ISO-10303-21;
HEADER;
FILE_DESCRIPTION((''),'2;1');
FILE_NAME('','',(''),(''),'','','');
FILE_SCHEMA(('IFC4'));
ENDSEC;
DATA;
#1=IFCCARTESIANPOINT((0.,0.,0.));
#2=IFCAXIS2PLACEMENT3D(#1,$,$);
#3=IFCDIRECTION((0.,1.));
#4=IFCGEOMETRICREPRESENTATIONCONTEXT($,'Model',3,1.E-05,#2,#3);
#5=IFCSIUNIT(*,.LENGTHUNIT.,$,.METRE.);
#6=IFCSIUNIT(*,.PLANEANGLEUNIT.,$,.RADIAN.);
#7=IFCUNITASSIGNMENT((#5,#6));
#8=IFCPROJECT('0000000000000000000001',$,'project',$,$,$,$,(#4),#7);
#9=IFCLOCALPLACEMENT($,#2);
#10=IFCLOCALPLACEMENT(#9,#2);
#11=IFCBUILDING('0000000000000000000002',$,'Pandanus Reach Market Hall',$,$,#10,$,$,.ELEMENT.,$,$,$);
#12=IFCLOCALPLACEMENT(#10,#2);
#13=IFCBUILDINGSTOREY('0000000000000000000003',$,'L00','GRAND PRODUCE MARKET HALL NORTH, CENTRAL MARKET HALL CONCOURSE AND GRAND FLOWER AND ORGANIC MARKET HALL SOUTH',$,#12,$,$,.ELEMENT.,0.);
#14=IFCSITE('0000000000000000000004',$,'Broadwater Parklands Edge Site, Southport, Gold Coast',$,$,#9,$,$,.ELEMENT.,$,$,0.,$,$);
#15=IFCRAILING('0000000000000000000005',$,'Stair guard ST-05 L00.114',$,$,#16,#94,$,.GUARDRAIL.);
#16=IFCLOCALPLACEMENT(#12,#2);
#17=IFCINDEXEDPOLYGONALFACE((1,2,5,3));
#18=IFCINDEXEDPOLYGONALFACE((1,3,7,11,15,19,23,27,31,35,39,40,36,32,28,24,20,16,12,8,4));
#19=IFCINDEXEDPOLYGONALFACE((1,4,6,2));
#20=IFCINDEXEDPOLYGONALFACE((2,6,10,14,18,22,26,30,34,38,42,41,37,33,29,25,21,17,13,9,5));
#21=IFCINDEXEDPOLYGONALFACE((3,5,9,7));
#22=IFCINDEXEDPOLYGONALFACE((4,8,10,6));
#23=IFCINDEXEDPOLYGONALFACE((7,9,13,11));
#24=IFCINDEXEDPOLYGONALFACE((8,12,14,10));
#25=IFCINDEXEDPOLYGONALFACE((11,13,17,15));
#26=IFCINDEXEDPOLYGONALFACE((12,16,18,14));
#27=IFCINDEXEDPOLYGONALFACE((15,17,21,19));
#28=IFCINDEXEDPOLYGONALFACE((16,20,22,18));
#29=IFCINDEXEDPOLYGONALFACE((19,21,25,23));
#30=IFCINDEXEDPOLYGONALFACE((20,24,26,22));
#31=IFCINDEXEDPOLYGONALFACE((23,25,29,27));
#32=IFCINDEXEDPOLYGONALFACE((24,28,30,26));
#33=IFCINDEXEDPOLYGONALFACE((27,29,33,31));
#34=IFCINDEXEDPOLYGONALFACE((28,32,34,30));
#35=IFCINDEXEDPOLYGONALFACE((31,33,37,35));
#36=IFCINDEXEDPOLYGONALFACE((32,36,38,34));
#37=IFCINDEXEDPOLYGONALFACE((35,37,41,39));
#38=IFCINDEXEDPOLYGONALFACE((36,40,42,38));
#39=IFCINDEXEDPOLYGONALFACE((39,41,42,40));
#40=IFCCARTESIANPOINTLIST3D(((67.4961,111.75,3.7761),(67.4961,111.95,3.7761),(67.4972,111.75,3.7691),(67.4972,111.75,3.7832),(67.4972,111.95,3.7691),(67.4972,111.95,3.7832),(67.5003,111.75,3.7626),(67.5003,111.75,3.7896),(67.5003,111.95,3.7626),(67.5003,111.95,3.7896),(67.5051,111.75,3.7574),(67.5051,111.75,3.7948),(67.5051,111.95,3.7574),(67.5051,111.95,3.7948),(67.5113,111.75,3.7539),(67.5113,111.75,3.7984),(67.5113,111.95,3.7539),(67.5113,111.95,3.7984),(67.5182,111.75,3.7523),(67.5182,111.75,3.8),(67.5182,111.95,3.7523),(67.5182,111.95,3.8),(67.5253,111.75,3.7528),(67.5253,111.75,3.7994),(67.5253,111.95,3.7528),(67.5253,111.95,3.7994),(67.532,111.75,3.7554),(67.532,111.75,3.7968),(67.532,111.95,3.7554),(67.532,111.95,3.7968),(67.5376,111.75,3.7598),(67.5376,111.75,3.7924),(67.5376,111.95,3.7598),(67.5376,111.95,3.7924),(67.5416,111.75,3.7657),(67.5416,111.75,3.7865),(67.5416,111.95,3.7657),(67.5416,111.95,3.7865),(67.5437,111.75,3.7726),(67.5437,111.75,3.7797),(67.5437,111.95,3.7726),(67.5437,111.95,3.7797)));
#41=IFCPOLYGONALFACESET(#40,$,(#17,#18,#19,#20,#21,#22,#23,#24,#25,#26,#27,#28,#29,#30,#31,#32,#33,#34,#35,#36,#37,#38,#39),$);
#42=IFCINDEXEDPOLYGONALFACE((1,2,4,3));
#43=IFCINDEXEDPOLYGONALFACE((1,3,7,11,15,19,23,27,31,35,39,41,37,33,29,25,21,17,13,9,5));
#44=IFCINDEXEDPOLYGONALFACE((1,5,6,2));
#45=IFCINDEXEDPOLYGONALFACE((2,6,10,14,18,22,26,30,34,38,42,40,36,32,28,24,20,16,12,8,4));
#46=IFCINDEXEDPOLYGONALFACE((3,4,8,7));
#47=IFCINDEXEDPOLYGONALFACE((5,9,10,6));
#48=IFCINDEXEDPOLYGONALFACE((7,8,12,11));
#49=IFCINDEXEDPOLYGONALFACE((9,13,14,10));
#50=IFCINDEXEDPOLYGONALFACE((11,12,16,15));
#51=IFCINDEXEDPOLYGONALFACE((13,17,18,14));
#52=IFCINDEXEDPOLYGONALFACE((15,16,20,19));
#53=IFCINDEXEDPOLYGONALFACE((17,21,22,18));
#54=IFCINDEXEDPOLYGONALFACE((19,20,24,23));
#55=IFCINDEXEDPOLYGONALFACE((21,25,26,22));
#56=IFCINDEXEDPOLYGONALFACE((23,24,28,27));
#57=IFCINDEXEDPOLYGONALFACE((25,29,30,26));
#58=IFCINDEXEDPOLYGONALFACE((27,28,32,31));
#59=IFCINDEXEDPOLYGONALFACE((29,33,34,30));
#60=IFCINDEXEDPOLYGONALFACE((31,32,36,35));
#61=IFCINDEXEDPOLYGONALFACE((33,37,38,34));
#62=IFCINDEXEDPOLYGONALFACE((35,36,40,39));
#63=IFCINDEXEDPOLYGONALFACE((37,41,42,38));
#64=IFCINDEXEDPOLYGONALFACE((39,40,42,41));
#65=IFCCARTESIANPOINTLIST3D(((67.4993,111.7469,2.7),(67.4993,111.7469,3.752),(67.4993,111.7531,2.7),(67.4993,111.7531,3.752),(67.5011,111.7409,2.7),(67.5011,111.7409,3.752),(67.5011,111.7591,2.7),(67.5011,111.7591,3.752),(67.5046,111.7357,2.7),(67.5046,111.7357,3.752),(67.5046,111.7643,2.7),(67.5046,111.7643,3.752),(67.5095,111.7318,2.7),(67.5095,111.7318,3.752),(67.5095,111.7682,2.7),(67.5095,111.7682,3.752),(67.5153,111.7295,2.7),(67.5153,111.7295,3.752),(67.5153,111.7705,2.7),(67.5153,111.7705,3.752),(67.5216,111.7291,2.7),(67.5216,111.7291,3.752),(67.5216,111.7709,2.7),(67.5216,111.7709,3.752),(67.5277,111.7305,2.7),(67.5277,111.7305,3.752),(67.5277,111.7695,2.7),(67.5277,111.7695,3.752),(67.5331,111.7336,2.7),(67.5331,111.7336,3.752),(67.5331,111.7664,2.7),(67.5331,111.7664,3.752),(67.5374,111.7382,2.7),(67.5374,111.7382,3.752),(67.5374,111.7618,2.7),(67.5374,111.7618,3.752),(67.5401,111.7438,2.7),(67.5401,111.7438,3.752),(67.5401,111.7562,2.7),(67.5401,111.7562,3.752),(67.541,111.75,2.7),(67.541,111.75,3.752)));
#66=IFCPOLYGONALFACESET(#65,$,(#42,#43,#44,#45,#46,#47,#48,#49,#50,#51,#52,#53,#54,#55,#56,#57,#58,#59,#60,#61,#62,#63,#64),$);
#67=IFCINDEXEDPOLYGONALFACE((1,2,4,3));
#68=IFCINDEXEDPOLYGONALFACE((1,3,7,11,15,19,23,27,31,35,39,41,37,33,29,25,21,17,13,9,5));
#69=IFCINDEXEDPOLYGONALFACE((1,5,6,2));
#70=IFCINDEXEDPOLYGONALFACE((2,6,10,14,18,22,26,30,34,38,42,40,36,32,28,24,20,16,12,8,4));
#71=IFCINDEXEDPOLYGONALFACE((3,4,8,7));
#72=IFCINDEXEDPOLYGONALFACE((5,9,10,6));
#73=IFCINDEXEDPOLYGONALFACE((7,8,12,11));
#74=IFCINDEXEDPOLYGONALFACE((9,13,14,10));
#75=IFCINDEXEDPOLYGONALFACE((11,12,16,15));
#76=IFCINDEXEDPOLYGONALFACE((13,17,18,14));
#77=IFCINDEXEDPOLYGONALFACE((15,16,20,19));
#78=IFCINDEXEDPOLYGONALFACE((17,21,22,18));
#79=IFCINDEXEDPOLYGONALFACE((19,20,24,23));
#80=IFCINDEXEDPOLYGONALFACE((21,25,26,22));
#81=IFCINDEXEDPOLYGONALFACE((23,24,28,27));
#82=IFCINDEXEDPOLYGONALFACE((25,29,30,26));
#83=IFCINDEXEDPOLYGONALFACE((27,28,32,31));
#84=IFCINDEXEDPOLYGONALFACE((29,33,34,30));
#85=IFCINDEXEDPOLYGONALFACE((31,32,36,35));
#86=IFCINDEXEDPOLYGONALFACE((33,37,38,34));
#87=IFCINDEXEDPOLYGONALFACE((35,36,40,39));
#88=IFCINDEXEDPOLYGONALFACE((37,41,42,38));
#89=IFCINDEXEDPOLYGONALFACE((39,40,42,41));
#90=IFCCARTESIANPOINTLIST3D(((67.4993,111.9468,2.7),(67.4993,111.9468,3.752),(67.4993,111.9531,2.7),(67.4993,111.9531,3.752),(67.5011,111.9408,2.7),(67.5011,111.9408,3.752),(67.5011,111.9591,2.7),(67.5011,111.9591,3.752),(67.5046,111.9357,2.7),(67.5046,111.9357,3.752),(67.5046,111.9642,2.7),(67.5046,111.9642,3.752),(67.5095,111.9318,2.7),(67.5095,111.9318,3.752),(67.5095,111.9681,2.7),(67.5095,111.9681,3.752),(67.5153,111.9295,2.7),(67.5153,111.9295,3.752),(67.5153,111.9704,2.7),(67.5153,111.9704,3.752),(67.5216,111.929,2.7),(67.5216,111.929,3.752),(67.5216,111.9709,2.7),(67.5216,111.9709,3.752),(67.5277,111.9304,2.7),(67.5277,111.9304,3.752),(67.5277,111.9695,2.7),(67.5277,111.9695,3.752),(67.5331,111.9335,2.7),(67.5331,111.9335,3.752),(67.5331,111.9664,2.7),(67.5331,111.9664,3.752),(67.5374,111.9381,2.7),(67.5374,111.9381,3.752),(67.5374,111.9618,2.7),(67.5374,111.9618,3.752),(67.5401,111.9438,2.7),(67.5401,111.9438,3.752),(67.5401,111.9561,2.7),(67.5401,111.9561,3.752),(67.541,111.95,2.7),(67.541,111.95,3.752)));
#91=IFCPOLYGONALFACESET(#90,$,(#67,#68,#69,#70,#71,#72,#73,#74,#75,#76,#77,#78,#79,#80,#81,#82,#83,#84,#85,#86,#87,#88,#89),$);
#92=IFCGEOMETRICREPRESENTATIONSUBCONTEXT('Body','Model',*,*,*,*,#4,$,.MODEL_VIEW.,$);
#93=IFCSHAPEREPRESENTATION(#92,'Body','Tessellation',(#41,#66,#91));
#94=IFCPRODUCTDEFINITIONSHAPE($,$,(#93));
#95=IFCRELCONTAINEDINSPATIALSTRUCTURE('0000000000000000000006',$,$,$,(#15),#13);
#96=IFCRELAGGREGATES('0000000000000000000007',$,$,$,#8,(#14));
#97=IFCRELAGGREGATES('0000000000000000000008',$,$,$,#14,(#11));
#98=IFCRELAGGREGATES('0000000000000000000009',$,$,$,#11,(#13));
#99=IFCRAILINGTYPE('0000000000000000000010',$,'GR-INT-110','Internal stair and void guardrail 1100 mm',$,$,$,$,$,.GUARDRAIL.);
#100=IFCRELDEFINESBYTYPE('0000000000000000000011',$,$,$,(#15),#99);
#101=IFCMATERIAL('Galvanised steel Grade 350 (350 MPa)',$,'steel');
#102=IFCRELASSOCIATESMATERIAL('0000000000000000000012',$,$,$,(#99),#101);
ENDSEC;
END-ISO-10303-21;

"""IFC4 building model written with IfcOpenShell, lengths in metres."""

from ifc_helpers import new_model, si_unit, direction, frame, origin, origin_2d, place, context, subcontext, project, spatial, circle, extrude, material, type_object, element, save


model = new_model("IFC4")

# Units and contexts
model_context = context("Model", 3, precision=1e-05, world=origin(), true_north=direction((0.0, 1.0)))
body_context = subcontext(model_context, "Body", "Model", "MODEL_VIEW")
ifc_project = project(units=[si_unit("LENGTHUNIT", "METRE"), si_unit("PLANEANGLEUNIT", "RADIAN")], contexts=[model_context])

# Site, building, storey
site_placement = place(None, origin())
site = spatial("IfcSite", under=ifc_project, at=site_placement, Name="Broadwater Parklands Edge Site, Southport, Gold Coast", CompositionType="ELEMENT", RefElevation=0.0)
building_placement = place(site_placement, origin())
building = spatial("IfcBuilding", under=site, at=building_placement, Name="Pandanus Reach Market Hall", CompositionType="ELEMENT")
storey_placement = place(building_placement, origin())
storey = spatial("IfcBuildingStorey", under=building, at=storey_placement, Name="L00", Description="GRAND PRODUCE MARKET HALL NORTH, CENTRAL MARKET HALL CONCOURSE AND GRAND FLOWER AND ORGANIC MARKET HALL SOUTH", CompositionType="ELEMENT", Elevation=0.0)

# Shared definitions
ifc_material_1 = material(Name="Galvanised steel Grade 350 (350 MPa)", Category="steel")

# Railing
railing_type_1 = type_object("IfcRailingType", Name="GR-INT-110", Description="Internal stair and void guardrail 1100 mm", PredefinedType="GUARDRAIL", material=ifc_material_1)
railing_1_placement = place(storey_placement, frame((67.52, 111.75, 2.7)))
element("IfcRailing", 1, at=railing_1_placement, inside=storey, type_object=railing_type_1, Name="Stair guard ST-05 L00.114", PredefinedType="GUARDRAIL", context=body_context, shape_type="SweptSolid", body=[
    extrude(circle(Radius=0.0239, at=origin_2d()), frame((0.0, 0.0, 1.0762), z_axis=(0.0, 1.0, 0.0), x_axis=(-1.0, 0.0, 0.0)), (0.0, 0.0, 1.0), 0.2),
    extrude(circle(Radius=0.021, at=origin_2d()), origin(), (0.0, 0.0, 1.0), 1.052),
    extrude(circle(Radius=0.021, at=origin_2d()), frame((0.0, 0.2, 0.0)), (0.0, 0.0, 1.0), 1.052),
])

save(model, "model.ifc")
